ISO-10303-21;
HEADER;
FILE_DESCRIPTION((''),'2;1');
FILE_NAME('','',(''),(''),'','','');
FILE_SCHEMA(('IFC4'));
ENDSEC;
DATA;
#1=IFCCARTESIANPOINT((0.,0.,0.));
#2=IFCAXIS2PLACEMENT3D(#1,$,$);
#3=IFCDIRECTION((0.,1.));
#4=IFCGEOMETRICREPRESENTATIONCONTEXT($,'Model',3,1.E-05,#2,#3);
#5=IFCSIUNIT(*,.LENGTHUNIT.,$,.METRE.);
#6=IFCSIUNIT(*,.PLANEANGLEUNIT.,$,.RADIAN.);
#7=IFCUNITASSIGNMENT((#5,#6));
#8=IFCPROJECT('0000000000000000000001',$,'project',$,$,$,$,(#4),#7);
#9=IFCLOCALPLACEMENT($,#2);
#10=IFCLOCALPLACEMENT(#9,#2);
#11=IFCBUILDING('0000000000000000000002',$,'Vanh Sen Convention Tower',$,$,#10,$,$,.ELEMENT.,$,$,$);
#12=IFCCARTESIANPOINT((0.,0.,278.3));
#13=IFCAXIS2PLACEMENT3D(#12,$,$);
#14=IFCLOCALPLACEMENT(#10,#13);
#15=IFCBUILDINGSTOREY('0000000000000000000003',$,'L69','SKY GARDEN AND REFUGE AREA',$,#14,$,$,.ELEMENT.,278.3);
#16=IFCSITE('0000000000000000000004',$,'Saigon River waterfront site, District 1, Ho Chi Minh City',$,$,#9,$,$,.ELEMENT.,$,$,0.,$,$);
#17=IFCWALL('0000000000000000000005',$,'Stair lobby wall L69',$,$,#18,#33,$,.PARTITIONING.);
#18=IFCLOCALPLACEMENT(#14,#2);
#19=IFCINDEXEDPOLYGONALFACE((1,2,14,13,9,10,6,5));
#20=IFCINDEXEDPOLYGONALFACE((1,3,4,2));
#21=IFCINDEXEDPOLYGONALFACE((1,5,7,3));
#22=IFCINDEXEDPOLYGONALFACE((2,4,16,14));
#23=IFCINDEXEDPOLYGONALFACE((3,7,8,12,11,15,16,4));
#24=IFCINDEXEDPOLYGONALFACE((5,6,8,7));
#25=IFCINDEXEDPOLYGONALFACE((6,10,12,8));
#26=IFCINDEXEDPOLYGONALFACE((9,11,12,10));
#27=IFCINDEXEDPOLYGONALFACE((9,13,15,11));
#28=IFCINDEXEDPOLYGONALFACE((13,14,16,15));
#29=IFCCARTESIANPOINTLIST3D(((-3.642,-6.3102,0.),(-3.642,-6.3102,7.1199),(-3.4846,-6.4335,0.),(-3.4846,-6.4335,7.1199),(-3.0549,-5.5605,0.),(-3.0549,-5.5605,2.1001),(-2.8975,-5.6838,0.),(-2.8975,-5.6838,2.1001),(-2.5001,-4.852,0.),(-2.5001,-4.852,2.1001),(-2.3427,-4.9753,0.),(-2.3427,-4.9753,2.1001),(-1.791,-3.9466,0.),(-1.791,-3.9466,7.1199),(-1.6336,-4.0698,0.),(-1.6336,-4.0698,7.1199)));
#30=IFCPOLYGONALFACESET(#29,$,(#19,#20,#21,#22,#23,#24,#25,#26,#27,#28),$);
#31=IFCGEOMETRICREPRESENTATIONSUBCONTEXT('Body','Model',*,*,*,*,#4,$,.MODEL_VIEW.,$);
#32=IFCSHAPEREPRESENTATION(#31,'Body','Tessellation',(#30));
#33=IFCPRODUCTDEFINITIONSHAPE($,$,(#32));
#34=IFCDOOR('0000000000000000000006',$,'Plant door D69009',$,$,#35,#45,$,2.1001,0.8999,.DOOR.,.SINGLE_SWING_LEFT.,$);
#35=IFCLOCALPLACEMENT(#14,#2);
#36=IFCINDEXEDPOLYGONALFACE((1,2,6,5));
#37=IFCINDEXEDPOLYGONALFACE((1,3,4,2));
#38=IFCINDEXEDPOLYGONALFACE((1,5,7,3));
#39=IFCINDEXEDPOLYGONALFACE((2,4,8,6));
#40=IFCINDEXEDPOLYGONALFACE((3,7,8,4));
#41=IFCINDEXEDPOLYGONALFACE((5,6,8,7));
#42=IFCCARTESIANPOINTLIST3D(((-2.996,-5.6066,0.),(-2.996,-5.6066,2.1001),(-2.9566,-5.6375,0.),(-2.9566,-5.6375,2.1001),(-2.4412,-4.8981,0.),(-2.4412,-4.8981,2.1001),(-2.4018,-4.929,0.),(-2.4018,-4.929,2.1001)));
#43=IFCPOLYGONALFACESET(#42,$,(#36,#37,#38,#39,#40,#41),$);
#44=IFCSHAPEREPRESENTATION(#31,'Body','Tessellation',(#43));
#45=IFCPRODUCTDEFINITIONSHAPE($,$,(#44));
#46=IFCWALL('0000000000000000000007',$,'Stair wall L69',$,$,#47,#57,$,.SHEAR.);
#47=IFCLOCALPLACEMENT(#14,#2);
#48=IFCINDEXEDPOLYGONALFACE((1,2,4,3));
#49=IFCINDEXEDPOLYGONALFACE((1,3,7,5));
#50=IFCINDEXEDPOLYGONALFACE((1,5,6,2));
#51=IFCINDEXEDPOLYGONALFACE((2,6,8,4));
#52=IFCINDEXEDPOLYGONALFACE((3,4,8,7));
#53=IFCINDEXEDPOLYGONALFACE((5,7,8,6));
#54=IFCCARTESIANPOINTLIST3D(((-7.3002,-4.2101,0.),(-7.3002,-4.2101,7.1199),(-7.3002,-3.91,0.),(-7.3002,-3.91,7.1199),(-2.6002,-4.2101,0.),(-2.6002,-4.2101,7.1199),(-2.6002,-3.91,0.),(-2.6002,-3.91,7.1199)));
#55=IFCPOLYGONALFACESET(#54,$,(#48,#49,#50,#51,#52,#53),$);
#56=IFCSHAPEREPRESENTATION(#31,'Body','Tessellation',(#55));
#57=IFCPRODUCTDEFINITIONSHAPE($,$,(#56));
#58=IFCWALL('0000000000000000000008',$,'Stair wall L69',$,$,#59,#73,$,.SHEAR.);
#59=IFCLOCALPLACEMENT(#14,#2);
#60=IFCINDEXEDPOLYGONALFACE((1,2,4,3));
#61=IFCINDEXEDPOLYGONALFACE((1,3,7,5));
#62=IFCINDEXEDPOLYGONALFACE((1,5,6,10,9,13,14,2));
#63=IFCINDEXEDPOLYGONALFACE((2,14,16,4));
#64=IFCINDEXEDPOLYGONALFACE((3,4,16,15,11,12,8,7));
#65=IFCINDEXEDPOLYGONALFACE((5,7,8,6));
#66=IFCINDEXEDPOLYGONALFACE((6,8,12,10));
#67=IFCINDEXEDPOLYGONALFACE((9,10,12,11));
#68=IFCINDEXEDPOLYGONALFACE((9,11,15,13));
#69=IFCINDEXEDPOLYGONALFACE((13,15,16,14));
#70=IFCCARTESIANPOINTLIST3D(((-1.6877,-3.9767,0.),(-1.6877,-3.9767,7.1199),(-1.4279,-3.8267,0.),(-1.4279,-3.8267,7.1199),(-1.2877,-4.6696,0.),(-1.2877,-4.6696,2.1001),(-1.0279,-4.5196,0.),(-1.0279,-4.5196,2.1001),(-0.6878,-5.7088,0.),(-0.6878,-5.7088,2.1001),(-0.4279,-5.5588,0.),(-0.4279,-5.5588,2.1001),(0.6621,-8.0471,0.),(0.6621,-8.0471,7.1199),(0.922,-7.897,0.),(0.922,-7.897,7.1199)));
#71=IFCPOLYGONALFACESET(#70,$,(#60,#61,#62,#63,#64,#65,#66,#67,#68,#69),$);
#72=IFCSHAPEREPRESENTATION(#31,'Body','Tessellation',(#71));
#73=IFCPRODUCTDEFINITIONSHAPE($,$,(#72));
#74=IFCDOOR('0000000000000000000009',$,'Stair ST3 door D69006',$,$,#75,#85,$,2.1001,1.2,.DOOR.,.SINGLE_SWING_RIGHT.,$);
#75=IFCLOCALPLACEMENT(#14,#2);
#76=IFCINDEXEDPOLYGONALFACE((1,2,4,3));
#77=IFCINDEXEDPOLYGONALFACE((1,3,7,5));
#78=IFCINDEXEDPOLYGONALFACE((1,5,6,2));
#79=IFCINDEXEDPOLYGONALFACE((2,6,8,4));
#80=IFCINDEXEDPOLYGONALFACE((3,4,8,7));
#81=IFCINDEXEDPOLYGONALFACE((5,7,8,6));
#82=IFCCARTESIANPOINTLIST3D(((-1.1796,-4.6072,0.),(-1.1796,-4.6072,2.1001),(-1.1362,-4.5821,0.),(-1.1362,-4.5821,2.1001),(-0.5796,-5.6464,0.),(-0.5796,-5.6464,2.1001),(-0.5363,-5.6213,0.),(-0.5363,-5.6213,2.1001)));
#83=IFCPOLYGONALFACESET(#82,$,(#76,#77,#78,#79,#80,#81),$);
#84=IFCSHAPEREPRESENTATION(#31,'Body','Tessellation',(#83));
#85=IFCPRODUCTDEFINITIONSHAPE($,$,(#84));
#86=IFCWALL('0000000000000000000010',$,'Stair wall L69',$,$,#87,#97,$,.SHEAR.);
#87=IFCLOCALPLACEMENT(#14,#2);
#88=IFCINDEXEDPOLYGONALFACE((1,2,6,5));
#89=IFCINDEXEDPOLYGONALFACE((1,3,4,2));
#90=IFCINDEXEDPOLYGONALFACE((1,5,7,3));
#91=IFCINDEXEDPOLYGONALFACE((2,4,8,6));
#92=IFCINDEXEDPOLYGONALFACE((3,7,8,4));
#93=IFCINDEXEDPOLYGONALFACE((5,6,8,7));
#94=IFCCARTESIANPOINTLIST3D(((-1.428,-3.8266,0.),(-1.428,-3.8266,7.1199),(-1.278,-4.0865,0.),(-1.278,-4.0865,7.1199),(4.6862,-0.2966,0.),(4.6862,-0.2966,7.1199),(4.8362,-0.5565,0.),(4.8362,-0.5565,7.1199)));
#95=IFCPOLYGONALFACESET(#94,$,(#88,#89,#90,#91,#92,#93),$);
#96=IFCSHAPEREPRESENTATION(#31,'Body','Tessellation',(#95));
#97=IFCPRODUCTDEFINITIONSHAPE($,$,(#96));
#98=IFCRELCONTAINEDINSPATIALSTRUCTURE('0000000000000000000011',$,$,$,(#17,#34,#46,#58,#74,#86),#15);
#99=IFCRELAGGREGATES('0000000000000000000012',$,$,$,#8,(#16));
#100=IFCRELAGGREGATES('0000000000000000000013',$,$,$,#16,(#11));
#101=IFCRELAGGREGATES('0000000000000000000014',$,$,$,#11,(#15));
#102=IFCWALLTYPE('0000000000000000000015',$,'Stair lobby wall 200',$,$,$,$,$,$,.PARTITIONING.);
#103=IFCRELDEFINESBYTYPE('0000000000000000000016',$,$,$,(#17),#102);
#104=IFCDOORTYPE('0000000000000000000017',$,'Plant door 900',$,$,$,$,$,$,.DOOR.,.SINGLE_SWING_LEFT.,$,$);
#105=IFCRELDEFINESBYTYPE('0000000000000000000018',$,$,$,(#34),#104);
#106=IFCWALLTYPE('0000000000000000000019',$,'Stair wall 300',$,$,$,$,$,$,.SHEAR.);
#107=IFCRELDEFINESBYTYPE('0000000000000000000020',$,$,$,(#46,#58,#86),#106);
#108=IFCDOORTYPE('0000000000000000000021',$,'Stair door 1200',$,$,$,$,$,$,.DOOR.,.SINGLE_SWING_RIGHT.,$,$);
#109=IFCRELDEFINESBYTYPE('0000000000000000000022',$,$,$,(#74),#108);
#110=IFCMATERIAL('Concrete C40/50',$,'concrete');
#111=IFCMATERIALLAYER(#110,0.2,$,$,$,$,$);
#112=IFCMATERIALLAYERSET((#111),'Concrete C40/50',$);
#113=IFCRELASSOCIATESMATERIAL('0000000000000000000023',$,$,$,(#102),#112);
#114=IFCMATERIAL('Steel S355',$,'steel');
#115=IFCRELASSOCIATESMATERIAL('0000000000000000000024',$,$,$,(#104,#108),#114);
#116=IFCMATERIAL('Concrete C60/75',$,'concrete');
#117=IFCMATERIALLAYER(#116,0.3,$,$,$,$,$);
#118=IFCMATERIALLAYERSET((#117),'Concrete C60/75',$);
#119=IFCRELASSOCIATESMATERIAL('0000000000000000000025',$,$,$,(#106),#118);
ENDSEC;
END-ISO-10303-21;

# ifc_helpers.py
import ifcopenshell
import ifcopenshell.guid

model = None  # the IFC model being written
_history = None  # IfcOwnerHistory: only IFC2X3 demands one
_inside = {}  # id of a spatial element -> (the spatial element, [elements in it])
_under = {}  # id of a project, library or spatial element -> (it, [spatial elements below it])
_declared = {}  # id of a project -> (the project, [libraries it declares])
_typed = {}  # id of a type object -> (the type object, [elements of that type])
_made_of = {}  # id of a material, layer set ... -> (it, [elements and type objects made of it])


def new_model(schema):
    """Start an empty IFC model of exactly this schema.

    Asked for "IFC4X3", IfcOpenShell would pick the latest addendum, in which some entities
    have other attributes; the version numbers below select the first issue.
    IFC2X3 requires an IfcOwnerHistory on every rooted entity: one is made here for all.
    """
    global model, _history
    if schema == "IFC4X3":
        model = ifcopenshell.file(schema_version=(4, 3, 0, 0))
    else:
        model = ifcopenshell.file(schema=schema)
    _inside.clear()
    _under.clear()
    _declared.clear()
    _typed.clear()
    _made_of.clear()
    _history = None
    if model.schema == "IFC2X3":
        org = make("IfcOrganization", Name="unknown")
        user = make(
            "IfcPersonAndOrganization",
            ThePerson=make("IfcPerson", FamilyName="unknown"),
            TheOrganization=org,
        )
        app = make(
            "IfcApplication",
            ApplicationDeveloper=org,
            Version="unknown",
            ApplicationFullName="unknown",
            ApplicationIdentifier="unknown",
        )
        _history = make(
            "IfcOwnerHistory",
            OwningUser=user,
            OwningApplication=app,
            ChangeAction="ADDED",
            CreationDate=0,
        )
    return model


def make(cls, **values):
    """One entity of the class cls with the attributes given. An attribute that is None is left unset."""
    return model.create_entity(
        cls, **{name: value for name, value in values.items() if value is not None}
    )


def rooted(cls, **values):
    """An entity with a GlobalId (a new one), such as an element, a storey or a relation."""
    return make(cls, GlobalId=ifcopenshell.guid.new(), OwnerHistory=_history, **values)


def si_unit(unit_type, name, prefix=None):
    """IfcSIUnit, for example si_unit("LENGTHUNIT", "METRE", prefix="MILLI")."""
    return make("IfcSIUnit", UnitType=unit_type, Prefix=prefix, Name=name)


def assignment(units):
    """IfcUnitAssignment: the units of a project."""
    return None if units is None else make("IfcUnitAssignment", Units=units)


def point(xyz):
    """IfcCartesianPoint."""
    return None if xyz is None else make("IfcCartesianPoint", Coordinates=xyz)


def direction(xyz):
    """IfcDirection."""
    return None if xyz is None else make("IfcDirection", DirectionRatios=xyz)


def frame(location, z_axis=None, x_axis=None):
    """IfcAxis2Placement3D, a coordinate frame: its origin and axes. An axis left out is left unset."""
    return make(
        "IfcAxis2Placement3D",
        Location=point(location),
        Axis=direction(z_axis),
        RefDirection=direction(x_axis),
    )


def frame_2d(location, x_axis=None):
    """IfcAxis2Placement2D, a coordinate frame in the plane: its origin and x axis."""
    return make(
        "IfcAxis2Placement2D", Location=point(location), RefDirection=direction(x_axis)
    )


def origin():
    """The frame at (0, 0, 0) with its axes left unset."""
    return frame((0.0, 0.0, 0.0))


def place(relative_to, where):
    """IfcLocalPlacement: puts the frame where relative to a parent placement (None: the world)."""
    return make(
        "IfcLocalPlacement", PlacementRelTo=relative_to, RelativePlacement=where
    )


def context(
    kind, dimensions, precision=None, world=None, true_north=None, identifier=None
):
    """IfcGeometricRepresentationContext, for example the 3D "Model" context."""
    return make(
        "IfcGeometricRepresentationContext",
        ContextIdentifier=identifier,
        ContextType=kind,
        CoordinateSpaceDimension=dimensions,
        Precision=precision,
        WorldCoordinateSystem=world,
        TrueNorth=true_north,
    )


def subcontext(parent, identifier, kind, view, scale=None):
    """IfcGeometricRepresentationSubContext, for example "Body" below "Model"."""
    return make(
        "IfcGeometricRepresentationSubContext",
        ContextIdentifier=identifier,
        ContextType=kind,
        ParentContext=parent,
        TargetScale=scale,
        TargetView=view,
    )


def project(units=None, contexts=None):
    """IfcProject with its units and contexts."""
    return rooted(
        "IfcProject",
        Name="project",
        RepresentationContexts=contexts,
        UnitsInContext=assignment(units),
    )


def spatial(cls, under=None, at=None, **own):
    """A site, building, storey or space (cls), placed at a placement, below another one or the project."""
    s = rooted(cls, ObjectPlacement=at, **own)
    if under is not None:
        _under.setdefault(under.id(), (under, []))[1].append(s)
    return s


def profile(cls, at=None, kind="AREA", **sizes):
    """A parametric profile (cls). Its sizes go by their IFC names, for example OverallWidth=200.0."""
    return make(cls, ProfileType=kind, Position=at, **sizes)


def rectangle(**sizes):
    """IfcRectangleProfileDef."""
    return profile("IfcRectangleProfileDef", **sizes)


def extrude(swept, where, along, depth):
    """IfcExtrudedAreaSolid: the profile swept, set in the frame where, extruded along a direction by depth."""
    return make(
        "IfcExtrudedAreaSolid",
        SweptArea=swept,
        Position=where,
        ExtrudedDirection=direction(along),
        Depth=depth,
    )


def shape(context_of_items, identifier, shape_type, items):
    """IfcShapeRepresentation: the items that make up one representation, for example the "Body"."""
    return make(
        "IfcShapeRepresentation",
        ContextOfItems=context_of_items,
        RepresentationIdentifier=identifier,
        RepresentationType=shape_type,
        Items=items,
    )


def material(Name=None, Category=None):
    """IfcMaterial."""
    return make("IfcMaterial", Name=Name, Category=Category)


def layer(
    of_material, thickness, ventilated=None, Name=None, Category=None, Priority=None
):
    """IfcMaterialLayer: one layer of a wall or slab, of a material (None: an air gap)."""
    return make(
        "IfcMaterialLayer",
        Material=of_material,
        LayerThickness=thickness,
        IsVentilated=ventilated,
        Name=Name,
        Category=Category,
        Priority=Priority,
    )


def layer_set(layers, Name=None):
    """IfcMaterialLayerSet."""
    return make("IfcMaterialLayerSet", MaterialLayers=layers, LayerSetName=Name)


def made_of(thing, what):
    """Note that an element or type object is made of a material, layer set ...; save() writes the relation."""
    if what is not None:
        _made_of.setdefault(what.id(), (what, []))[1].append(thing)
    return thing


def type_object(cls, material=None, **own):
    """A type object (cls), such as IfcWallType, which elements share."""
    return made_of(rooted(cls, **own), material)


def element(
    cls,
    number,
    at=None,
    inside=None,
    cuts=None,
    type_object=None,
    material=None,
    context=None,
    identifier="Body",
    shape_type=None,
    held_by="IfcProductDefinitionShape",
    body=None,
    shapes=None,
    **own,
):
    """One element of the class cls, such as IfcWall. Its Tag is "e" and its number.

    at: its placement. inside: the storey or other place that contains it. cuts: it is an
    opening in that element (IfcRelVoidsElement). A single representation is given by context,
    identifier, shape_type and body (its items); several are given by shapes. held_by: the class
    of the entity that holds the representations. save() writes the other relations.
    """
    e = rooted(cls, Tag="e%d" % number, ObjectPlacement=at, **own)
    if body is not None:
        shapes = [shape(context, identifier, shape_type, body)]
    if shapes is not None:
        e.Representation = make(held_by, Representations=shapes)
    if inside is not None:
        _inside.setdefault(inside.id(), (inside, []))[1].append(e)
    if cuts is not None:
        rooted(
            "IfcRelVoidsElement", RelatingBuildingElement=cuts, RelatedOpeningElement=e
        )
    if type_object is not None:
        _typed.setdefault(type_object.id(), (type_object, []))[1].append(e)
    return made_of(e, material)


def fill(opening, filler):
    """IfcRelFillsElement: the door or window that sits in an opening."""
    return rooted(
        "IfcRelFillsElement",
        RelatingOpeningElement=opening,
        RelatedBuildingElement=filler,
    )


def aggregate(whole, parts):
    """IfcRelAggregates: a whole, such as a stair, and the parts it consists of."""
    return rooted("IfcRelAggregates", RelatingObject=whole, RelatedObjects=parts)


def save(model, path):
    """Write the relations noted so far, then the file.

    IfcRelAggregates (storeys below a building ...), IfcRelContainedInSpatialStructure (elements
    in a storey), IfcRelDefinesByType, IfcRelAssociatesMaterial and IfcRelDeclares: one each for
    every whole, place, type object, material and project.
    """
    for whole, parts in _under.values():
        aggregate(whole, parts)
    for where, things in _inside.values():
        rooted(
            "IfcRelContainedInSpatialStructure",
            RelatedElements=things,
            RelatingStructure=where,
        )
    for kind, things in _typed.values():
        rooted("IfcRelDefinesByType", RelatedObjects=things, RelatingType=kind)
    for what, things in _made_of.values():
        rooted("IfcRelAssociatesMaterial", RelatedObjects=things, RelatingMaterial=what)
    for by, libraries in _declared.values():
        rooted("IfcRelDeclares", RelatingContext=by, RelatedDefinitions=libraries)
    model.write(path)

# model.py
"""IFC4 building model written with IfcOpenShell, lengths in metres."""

from ifc_helpers import new_model, si_unit, direction, frame, frame_2d, origin, place, context, subcontext, project, spatial, rectangle, extrude, material, layer, layer_set, type_object, element, fill, save


model = new_model("IFC4")

# Units and contexts
model_context = context("Model", 3, precision=1e-05, world=origin(), true_north=direction((0.0, 1.0)))
body_context = subcontext(model_context, "Body", "Model", "MODEL_VIEW")
ifc_project = project(units=[si_unit("LENGTHUNIT", "METRE"), si_unit("PLANEANGLEUNIT", "RADIAN")], contexts=[model_context])

# Site, building, storey
site_placement = place(None, origin())
site = spatial("IfcSite", under=ifc_project, at=site_placement, Name="Saigon River waterfront site, District 1, Ho Chi Minh City", CompositionType="ELEMENT", RefElevation=0.0)
building_placement = place(site_placement, origin())
building = spatial("IfcBuilding", under=site, at=building_placement, Name="Vanh Sen Convention Tower", CompositionType="ELEMENT")
storey_placement = place(building_placement, frame((0.0, 0.0, 278.3)))
storey = spatial("IfcBuildingStorey", under=building, at=storey_placement, Name="L69", Description="SKY GARDEN AND REFUGE AREA", CompositionType="ELEMENT", Elevation=278.3)

# Shared definitions
ifc_material_1 = material(Name="Concrete C40/50", Category="concrete")

# Shared definitions
ifc_material_2 = material(Name="Concrete C60/75", Category="concrete")
ifc_material_3 = material(Name="Steel S355", Category="steel")

# Wall, opening, door
ifc_layer_1 = layer(ifc_material_1, 0.2)
ifc_layer_set_1 = layer_set([ifc_layer_1], Name="Concrete C40/50")
wall_type_1 = type_object("IfcWallType", Name="Stair lobby wall 200", PredefinedType="PARTITIONING", material=ifc_layer_set_1)
wall_1_placement = place(storey_placement, frame((-1.7124, -4.0083, 0.0), z_axis=(0.0, 0.0, 1.0), x_axis=(-0.616549, -0.787316, 0.0)))
wall_1 = element("IfcWall", 1, at=wall_1_placement, inside=storey, type_object=wall_type_1, Name="Stair lobby wall L69", PredefinedType="PARTITIONING", context=body_context, shape_type="SweptSolid", body=[
    extrude(rectangle(XDim=3.0022, YDim=0.2, at=frame_2d((1.501, 0.0))), origin(), (0.0, 0.0, 1.0), 7.1199),
])
opening_1_placement = place(wall_1_placement, frame((1.1499, 0.0, 0.0)))
opening_1 = element("IfcOpeningElement", 2, at=opening_1_placement, cuts=wall_1, PredefinedType="OPENING", context=body_context, shape_type="SweptSolid", body=[
    extrude(rectangle(XDim=0.8999, YDim=2.1001, at=frame_2d((0.45, 1.05))), frame((0.0, 0.1099, 0.0), z_axis=(0.0, -1.0, 0.0), x_axis=(1.0, 0.0, 0.0)), (0.0, 0.0, 1.0), 0.22),
])
door_type_1 = type_object("IfcDoorType", Name="Plant door 900", OperationType="SINGLE_SWING_LEFT", PredefinedType="DOOR", material=ifc_material_3)
door_1_placement = place(opening_1_placement, origin())
door_1 = element("IfcDoor", 3, at=door_1_placement, inside=storey, type_object=door_type_1, Name="Plant door D69009", OperationType="SINGLE_SWING_LEFT", OverallHeight=2.1001, OverallWidth=0.8999, PredefinedType="DOOR", context=body_context, shape_type="SweptSolid", body=[
    extrude(rectangle(XDim=0.8999, YDim=2.1001, at=frame_2d((0.45, 1.05))), frame((0.0, 0.0249, 0.0), z_axis=(0.0, -1.0, 0.0), x_axis=(1.0, 0.0, 0.0)), (0.0, 0.0, 1.0), 0.05),
])
fill(opening_1, door_1)

# Wall
ifc_layer_2 = layer(ifc_material_2, 0.3)
ifc_layer_set_2 = layer_set([ifc_layer_2], Name="Concrete C60/75")
wall_type_2 = type_object("IfcWallType", Name="Stair wall 300", PredefinedType="SHEAR", material=ifc_layer_set_2)
wall_2_placement = place(storey_placement, frame((-2.6001, -4.0601, 0.0), z_axis=(0.0, 0.0, 1.0), x_axis=(-1.0, 0.0, 0.0)))
element("IfcWall", 4, at=wall_2_placement, inside=storey, type_object=wall_type_2, Name="Stair wall L69", PredefinedType="SHEAR", context=body_context, shape_type="SweptSolid", body=[
    extrude(rectangle(XDim=4.7, YDim=0.3, at=frame_2d((2.3501, 0.0))), origin(), (0.0, 0.0, 1.0), 7.1199),
])

# Wall, opening, door
wall_3_placement = place(storey_placement, frame((-1.5579, -3.9016, 0.0), z_axis=(0.0, 0.0, 1.0), x_axis=(0.499977, -0.866039, 0.0)))
wall_3 = element("IfcWall", 5, at=wall_3_placement, inside=storey, type_object=wall_type_2, Name="Stair wall L69", PredefinedType="SHEAR", context=body_context, shape_type="SweptSolid", body=[
    extrude(rectangle(XDim=4.7, YDim=0.3, at=frame_2d((2.3501, 0.0))), origin(), (0.0, 0.0, 1.0), 7.1199),
])
opening_2_placement = place(wall_3_placement, frame((0.8, 0.0, 0.0)))
opening_2 = element("IfcOpeningElement", 6, at=opening_2_placement, cuts=wall_3, PredefinedType="OPENING", context=body_context, shape_type="SweptSolid", body=[
    extrude(rectangle(XDim=1.2, YDim=2.1001, at=frame_2d((0.6001, 1.05))), frame((0.0, 0.1599, 0.0), z_axis=(0.0, -1.0, 0.0), x_axis=(1.0, 0.0, 0.0)), (0.0, 0.0, 1.0), 0.3201),
])
door_type_2 = type_object("IfcDoorType", Name="Stair door 1200", OperationType="SINGLE_SWING_RIGHT", PredefinedType="DOOR", material=ifc_material_3)
door_2_placement = place(opening_2_placement, origin())
door_2 = element("IfcDoor", 7, at=door_2_placement, inside=storey, type_object=door_type_2, Name="Stair ST3 door D69006", OperationType="SINGLE_SWING_RIGHT", OverallHeight=2.1001, OverallWidth=1.2, PredefinedType="DOOR", context=body_context, shape_type="SweptSolid", body=[
    extrude(rectangle(XDim=1.2, YDim=2.1001, at=frame_2d((0.6001, 1.05))), frame((0.0, 0.0249, 0.0), z_axis=(0.0, -1.0, 0.0), x_axis=(1.0, 0.0, 0.0)), (0.0, 0.0, 1.0), 0.05),
])
fill(opening_2, door_2)

# Wall
wall_4_placement = place(storey_placement, frame((-1.353, -3.9565, 0.0), z_axis=(0.0, 0.0, 1.0), x_axis=(0.866028, 0.499996, 0.0)))
element("IfcWall", 8, at=wall_4_placement, inside=storey, type_object=wall_type_2, Name="Stair wall L69", PredefinedType="SHEAR", context=body_context, shape_type="SweptSolid", body=[
    extrude(rectangle(XDim=7.0601, YDim=0.3, at=frame_2d((3.53, 0.0))), origin(), (0.0, 0.0, 1.0), 7.1199),
])

save(model, "model.ifc")
